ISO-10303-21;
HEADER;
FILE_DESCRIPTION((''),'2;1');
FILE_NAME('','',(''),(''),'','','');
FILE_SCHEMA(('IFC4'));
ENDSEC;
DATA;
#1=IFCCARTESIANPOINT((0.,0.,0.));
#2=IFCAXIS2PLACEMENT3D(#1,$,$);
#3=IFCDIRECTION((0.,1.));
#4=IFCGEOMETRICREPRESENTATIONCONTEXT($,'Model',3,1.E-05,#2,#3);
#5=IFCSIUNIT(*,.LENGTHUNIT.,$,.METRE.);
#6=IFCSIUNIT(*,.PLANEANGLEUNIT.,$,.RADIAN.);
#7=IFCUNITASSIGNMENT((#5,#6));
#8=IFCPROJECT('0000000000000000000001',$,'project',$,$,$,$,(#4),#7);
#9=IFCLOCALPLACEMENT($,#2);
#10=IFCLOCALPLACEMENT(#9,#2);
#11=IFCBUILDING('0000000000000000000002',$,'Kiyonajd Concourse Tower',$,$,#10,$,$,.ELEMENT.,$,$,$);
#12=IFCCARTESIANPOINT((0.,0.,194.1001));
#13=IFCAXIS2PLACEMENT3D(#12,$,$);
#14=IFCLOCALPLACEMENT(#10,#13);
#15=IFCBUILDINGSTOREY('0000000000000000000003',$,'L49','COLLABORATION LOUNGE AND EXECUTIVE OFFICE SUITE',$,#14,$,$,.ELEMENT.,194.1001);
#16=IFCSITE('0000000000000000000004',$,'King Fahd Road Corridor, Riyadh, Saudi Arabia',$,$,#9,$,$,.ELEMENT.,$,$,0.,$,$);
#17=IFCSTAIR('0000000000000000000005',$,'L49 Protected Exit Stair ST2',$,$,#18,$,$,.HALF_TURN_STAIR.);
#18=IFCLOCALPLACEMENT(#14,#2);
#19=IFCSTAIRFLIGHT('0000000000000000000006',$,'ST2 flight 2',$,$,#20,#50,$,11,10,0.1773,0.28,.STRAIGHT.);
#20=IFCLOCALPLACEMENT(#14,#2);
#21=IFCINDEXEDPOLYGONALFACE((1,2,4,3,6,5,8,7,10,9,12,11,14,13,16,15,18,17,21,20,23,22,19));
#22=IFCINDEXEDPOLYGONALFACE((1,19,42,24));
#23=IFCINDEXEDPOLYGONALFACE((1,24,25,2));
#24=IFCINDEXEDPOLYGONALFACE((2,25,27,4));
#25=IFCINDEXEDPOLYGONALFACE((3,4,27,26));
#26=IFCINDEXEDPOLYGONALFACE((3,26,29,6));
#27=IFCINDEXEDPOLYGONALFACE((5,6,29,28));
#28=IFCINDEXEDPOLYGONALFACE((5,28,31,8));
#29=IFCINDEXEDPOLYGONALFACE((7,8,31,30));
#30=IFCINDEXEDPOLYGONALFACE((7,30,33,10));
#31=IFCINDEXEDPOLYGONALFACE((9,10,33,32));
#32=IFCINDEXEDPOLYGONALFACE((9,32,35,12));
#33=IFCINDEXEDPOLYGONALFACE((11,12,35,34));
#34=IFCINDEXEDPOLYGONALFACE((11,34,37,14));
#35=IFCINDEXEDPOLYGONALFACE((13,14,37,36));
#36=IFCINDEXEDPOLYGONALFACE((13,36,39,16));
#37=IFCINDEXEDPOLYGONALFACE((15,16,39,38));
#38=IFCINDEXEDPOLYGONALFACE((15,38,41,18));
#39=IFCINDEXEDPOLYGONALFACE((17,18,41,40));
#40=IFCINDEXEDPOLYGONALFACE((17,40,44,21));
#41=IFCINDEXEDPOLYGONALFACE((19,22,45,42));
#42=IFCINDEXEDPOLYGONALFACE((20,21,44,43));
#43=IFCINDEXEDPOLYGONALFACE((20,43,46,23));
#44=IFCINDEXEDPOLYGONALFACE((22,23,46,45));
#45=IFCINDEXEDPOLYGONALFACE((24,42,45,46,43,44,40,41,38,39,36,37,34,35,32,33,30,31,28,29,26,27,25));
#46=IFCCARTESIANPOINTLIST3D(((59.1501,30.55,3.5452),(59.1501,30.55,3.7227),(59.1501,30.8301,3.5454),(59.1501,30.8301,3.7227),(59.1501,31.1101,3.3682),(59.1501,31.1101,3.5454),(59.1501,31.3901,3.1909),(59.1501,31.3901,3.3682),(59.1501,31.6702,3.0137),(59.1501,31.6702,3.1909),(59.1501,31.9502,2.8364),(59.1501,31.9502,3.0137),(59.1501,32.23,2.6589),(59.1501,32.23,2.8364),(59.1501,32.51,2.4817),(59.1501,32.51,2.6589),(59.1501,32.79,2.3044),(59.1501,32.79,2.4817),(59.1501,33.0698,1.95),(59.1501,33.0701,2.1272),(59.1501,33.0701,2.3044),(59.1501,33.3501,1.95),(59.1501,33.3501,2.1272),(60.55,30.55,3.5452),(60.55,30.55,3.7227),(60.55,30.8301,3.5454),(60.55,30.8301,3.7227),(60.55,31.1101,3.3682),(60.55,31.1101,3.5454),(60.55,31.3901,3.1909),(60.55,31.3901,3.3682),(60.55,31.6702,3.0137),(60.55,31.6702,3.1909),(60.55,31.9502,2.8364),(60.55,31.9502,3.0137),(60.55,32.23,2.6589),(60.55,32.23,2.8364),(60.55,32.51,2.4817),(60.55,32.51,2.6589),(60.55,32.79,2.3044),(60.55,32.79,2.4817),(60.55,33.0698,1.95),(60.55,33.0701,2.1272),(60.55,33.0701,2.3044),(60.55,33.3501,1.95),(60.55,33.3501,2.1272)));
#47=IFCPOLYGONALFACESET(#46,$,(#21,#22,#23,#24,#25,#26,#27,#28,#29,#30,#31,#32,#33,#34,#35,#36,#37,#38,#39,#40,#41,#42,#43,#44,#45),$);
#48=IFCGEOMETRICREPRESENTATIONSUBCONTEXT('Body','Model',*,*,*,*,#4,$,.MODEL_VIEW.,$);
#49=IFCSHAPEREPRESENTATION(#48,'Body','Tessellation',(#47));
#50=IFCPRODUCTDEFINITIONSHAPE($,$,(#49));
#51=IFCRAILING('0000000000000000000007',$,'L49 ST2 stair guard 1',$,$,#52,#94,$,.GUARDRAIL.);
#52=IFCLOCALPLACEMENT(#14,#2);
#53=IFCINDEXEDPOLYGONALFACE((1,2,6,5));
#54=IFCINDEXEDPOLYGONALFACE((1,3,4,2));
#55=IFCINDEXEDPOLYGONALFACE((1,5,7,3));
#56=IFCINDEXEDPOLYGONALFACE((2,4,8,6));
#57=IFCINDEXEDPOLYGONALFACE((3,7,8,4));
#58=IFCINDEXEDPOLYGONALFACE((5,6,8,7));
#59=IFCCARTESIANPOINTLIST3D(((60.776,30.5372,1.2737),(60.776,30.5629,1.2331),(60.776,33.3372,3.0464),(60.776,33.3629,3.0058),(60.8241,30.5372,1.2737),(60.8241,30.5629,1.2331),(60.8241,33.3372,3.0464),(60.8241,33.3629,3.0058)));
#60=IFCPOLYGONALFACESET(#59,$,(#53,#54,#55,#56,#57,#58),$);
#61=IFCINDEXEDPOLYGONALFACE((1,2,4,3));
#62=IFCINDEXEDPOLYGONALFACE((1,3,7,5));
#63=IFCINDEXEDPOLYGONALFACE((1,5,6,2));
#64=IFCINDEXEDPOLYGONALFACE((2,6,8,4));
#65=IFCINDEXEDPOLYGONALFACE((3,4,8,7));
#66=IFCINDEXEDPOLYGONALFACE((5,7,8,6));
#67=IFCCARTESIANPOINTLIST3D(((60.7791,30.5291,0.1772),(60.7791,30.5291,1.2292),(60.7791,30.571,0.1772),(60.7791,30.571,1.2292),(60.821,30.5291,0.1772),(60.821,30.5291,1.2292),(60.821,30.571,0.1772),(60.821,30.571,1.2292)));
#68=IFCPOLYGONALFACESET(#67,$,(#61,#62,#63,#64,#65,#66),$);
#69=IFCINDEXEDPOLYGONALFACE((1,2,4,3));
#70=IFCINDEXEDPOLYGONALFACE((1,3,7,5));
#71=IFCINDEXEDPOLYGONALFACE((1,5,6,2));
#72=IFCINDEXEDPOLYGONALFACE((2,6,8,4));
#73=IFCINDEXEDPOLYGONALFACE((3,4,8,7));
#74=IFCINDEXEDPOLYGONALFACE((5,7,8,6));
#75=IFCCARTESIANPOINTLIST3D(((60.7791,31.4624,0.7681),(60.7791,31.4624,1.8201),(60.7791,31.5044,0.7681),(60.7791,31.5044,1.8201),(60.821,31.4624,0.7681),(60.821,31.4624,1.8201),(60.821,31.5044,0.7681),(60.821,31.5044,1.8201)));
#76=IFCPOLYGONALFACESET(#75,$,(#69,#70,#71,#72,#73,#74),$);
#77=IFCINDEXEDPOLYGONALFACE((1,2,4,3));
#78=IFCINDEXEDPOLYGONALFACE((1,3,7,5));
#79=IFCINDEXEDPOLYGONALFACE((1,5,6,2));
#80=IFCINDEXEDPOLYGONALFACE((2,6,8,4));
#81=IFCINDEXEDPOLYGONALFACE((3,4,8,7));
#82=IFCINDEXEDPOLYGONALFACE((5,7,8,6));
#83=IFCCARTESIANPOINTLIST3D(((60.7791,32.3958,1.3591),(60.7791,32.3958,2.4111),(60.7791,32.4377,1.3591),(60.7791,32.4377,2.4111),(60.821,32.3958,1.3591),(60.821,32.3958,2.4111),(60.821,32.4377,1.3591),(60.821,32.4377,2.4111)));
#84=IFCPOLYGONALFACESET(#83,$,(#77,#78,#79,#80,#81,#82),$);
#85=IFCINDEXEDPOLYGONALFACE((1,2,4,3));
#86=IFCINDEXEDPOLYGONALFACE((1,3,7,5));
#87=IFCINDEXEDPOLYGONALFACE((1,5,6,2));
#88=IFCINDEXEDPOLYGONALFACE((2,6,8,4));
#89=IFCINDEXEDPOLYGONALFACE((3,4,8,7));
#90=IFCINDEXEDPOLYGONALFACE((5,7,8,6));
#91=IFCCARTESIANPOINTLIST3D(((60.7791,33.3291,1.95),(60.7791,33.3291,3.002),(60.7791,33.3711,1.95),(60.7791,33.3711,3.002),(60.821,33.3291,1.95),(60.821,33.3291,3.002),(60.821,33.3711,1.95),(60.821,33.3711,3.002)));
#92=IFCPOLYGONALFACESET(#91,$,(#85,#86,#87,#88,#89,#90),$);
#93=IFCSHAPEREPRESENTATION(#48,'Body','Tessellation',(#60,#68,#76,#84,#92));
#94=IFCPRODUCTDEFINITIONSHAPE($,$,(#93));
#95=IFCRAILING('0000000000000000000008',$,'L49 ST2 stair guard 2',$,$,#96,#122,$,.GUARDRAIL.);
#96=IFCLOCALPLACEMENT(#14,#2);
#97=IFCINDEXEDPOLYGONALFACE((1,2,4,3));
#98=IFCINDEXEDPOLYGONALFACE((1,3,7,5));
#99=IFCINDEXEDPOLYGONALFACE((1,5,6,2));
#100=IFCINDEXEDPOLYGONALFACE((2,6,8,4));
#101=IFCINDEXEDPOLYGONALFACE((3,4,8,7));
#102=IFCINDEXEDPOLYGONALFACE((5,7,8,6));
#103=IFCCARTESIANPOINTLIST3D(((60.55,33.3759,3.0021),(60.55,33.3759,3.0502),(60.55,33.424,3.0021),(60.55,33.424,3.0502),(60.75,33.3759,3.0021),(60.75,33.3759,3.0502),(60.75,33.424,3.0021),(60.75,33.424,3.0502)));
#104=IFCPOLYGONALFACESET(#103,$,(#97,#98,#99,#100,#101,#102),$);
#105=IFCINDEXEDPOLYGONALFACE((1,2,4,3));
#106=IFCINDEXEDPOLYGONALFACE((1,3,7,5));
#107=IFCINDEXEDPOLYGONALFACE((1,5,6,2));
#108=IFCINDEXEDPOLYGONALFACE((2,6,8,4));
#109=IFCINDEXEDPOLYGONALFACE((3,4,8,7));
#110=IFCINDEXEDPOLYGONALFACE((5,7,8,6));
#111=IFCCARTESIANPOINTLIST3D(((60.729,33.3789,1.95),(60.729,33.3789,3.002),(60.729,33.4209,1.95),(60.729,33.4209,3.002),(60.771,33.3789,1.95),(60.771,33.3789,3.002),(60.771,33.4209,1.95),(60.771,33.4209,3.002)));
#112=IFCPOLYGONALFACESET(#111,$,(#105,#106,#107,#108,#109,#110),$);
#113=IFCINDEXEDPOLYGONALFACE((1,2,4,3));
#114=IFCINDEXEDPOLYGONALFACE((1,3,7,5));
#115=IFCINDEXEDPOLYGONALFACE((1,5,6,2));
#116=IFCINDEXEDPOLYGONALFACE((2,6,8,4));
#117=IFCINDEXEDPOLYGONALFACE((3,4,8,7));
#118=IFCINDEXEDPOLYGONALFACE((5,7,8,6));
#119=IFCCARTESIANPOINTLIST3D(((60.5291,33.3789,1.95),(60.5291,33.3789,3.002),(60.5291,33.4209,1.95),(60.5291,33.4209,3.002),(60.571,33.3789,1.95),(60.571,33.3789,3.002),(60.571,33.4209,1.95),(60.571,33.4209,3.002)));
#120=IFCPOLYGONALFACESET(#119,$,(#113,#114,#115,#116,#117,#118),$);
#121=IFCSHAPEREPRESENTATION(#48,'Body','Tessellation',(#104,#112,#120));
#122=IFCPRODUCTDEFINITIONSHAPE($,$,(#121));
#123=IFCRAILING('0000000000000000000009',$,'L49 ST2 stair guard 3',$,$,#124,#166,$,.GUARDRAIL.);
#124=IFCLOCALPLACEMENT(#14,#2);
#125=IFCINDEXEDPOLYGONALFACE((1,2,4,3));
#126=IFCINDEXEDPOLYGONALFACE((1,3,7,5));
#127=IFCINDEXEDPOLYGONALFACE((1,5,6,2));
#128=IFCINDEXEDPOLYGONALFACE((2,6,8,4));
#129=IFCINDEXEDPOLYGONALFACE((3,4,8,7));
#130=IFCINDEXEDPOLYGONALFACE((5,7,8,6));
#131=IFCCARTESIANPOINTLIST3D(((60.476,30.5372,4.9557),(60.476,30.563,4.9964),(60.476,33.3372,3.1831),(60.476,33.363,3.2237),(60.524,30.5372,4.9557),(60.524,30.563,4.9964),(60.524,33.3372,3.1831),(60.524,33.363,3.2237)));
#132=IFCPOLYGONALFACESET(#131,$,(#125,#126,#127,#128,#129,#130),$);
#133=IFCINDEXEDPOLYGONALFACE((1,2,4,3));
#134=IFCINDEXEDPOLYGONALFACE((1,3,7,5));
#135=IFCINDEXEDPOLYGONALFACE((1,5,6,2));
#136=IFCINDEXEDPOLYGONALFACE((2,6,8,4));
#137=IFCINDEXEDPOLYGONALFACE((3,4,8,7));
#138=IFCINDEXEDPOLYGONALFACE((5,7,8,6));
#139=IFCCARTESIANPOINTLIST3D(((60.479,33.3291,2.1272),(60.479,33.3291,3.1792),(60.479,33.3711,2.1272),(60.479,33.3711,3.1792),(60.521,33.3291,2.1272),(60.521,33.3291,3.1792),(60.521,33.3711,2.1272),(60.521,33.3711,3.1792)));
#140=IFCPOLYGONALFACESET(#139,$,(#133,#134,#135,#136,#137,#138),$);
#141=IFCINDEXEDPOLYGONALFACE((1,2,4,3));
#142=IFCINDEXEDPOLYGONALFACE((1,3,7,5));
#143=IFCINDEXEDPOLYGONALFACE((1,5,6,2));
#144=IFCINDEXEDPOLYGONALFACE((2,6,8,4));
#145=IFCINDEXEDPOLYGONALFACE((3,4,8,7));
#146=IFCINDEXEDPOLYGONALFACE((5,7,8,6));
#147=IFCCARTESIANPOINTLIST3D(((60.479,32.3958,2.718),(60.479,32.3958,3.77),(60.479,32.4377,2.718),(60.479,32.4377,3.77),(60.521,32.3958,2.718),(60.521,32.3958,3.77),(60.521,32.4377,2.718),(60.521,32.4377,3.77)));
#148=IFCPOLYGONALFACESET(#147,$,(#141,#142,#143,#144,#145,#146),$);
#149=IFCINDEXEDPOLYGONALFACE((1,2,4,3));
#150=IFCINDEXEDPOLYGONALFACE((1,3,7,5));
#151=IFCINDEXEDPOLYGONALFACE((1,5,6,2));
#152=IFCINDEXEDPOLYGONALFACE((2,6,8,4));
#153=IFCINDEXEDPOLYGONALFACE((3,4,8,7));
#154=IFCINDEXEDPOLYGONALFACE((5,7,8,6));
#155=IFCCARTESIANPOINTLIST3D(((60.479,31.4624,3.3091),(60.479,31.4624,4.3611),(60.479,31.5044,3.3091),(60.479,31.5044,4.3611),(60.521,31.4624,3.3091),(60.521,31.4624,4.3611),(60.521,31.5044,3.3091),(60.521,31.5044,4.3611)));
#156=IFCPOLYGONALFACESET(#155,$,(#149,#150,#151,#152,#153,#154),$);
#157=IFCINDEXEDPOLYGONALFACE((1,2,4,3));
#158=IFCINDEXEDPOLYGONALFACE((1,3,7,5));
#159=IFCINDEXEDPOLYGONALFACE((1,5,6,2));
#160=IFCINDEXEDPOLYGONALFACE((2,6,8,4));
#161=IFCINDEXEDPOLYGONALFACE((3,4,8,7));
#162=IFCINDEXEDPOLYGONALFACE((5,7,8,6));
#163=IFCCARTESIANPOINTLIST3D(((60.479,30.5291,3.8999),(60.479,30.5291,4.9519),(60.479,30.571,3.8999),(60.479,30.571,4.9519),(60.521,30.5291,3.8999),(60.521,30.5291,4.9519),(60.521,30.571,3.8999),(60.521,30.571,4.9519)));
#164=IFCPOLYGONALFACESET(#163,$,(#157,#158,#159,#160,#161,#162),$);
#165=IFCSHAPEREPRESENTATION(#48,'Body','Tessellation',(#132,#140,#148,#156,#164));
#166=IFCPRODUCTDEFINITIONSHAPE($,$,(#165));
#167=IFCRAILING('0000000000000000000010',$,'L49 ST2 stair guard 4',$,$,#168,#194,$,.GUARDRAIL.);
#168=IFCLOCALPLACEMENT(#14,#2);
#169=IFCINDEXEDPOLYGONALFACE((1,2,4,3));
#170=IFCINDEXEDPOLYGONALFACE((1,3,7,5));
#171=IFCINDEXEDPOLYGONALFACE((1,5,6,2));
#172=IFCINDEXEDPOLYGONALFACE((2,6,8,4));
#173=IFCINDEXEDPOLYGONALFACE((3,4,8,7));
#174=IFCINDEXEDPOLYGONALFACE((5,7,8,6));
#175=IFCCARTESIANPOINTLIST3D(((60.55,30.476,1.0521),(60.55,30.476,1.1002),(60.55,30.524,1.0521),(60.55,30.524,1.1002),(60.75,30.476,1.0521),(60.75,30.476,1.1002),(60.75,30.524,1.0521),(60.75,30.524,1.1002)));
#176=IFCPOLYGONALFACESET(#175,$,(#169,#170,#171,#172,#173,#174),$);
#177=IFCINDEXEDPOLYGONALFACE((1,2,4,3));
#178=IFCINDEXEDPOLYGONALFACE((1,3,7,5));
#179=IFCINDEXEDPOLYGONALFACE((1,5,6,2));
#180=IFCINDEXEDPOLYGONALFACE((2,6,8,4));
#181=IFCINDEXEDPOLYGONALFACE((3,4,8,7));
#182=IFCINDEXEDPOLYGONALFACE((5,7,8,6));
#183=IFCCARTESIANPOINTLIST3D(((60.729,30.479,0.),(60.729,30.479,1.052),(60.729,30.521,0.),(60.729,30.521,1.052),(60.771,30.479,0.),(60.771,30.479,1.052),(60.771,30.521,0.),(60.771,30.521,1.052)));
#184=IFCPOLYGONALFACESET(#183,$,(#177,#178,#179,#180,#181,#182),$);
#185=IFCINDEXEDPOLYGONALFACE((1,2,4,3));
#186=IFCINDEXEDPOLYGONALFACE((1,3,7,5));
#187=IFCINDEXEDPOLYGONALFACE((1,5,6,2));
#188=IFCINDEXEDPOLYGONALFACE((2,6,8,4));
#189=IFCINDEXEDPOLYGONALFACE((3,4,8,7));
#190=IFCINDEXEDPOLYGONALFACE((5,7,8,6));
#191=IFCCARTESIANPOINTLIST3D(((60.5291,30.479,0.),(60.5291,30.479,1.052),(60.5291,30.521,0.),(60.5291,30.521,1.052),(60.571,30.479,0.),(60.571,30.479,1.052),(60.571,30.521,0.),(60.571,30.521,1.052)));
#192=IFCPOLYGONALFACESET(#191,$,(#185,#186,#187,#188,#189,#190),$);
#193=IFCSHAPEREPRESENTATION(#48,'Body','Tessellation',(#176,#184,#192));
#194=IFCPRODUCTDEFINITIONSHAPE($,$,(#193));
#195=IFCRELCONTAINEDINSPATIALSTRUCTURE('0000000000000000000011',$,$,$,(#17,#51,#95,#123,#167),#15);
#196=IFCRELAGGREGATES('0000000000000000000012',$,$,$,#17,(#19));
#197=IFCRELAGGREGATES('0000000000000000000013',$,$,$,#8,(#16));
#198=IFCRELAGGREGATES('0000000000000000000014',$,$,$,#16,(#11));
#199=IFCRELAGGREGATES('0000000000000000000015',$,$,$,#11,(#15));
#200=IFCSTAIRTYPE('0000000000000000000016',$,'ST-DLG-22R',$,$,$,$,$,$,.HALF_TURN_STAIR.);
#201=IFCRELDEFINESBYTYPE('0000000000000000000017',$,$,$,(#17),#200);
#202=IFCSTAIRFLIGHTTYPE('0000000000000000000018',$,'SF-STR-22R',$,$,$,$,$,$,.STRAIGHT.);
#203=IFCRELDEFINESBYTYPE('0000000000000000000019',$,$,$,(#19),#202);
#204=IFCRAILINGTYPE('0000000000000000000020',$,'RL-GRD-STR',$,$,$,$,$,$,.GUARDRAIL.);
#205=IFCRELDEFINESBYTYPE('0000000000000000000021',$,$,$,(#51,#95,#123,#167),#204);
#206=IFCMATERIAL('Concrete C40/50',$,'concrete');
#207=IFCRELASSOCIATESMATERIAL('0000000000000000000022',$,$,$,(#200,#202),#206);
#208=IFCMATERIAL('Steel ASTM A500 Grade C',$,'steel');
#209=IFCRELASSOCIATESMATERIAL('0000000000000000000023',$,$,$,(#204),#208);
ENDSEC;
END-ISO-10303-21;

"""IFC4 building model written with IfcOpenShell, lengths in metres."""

from ifc_helpers import new_model, si_unit, direction, frame, origin, origin_2d, place, context, subcontext, project, spatial, polyline, rectangle, outline, extrude, material, type_object, element, aggregate, save


model = new_model("IFC4")

# Units and contexts
model_context = context("Model", 3, precision=1e-05, world=origin(), true_north=direction((0.0, 1.0)))
body_context = subcontext(model_context, "Body", "Model", "MODEL_VIEW")
ifc_project = project(units=[si_unit("LENGTHUNIT", "METRE"), si_unit("PLANEANGLEUNIT", "RADIAN")], contexts=[model_context])

# Site, building, storey
site_placement = place(None, origin())
site = spatial("IfcSite", under=ifc_project, at=site_placement, Name="King Fahd Road Corridor, Riyadh, Saudi Arabia", CompositionType="ELEMENT", RefElevation=0.0)
building_placement = place(site_placement, origin())
building = spatial("IfcBuilding", under=site, at=building_placement, Name="Kiyonajd Concourse Tower", CompositionType="ELEMENT")
storey_placement = place(building_placement, frame((0.0, 0.0, 194.1001)))
storey = spatial("IfcBuildingStorey", under=building, at=storey_placement, Name="L49", Description="COLLABORATION LOUNGE AND EXECUTIVE OFFICE SUITE", CompositionType="ELEMENT", Elevation=194.1001)

# Stair, stair flight
ifc_material_1 = material(Name="Concrete C40/50", Category="concrete")
stair_type = type_object("IfcStairType", Name="ST-DLG-22R", PredefinedType="HALF_TURN_STAIR", material=ifc_material_1)
stair_placement = place(storey_placement, origin())
stair = element("IfcStair", 1, at=stair_placement, inside=storey, type_object=stair_type, Name="L49 Protected Exit Stair ST2", PredefinedType="HALF_TURN_STAIR")
stair_flight_type = type_object("IfcStairFlightType", Name="SF-STR-22R", PredefinedType="STRAIGHT", material=ifc_material_1)
stair_flight_1_placement = place(storey_placement, frame((59.8501, 33.3501, 1.95), z_axis=(0.0, 0.0, 1.0), x_axis=(0.0, -1.0, 0.0)))
stair_flight_1 = element("IfcStairFlight", 2, at=stair_flight_1_placement, type_object=stair_flight_type, Name="ST2 flight 2", NumberOfRisers=11, NumberOfTreads=10, PredefinedType="STRAIGHT", RiserHeight=0.1773, TreadLength=0.28, context=body_context, shape_type="SweptSolid", body=[
    extrude(outline(polyline([(0.0, 0.0), (0.0, 0.1772), (0.28, 0.1772), (0.28, 0.3545), (0.5601, 0.3545), (0.5601, 0.5317), (0.8401, 0.5317), (0.8401, 0.709), (1.1201, 0.709), (1.1201, 0.8865), (1.3999, 0.8865), (1.3999, 1.0637), (1.6799, 1.0637), (1.6799, 1.241), (1.96, 1.241), (1.96, 1.4182), (2.24, 1.4182), (2.24, 1.5955), (2.52, 1.5955), (2.52, 1.7727), (2.8, 1.7727), (2.8, 1.95), (2.8, 1.5952), (0.2803, 0.0), (0.0, 0.0)])), frame((0.0, 0.7, 0.0), z_axis=(0.0, -1.0, 0.0), x_axis=(1.0, 0.0, 0.0)), (0.0, 0.0, 1.0), 1.3999),
])
aggregate(stair, [stair_flight_1])

# Railings
ifc_material_2 = material(Name="Steel ASTM A500 Grade C", Category="steel")
railing_type_1 = type_object("IfcRailingType", Name="RL-GRD-STR", PredefinedType="GUARDRAIL", material=ifc_material_2)
railing_1_placement = place(storey_placement, frame((60.8, 30.55, 0.1772)))
element("IfcRailing", 3, at=railing_1_placement, inside=storey, type_object=railing_type_1, Name="L49 ST2 stair guard 1", PredefinedType="GUARDRAIL", context=body_context, shape_type="SweptSolid", body=[
    extrude(rectangle(XDim=0.0481, YDim=0.0481, at=origin_2d()), frame((0.0, 0.0, 1.0762), z_axis=(0.0, 0.844909, 0.53491), x_axis=(-1.0, 0.0, 0.0)), (0.0, 0.0, 1.0), 3.314),
    extrude(rectangle(XDim=0.042, YDim=0.042, at=origin_2d()), origin(), (0.0, 0.0, 1.0), 1.052),
    extrude(rectangle(XDim=0.042, YDim=0.042, at=origin_2d()), frame((0.0, 0.9333, 0.5908)), (0.0, 0.0, 1.0), 1.052),
    extrude(rectangle(XDim=0.042, YDim=0.042, at=origin_2d()), frame((0.0, 1.8667, 1.1819)), (0.0, 0.0, 1.0), 1.052),
    extrude(rectangle(XDim=0.042, YDim=0.042, at=origin_2d()), frame((0.0, 2.8, 1.7727)), (0.0, 0.0, 1.0), 1.052),
])
railing_2_placement = place(storey_placement, frame((60.75, 33.3999, 1.95)))
element("IfcRailing", 4, at=railing_2_placement, inside=storey, type_object=railing_type_1, Name="L49 ST2 stair guard 2", PredefinedType="GUARDRAIL", context=body_context, shape_type="SweptSolid", body=[
    extrude(rectangle(XDim=0.0481, YDim=0.0481, at=origin_2d()), frame((0.0, 0.0, 1.0762), z_axis=(-1.0, 0.0, 0.0), x_axis=(0.0, -1.0, 0.0)), (0.0, 0.0, 1.0), 0.2),
    extrude(rectangle(XDim=0.042, YDim=0.042, at=origin_2d()), origin(), (0.0, 0.0, 1.0), 1.052),
    extrude(rectangle(XDim=0.042, YDim=0.042, at=origin_2d()), frame((-0.2, 0.0, 0.0)), (0.0, 0.0, 1.0), 1.052),
])
railing_3_placement = place(storey_placement, frame((60.5, 33.3501, 2.1272)))
element("IfcRailing", 5, at=railing_3_placement, inside=storey, type_object=railing_type_1, Name="L49 ST2 stair guard 3", PredefinedType="GUARDRAIL", context=body_context, shape_type="SweptSolid", body=[
    extrude(rectangle(XDim=0.0481, YDim=0.0481, at=origin_2d()), frame((0.0, 0.0, 1.0762), z_axis=(0.0, -0.844909, 0.53491), x_axis=(1.0, 0.0, 0.0)), (0.0, 0.0, 1.0), 3.314),
    extrude(rectangle(XDim=0.042, YDim=0.042, at=origin_2d()), origin(), (0.0, 0.0, 1.0), 1.052),
    extrude(rectangle(XDim=0.042, YDim=0.042, at=origin_2d()), frame((0.0, -0.9333, 0.5908)), (0.0, 0.0, 1.0), 1.052),
    extrude(rectangle(XDim=0.042, YDim=0.042, at=origin_2d()), frame((0.0, -1.8667, 1.1819)), (0.0, 0.0, 1.0), 1.052),
    extrude(rectangle(XDim=0.042, YDim=0.042, at=origin_2d()), frame((0.0, -2.8, 1.7727)), (0.0, 0.0, 1.0), 1.052),
])
railing_4_placement = place(storey_placement, frame((60.75, 30.5, 0.0)))
element("IfcRailing", 6, at=railing_4_placement, inside=storey, type_object=railing_type_1, Name="L49 ST2 stair guard 4", PredefinedType="GUARDRAIL", context=body_context, shape_type="SweptSolid", body=[
    extrude(rectangle(XDim=0.0481, YDim=0.0481, at=origin_2d()), frame((0.0, 0.0, 1.0762), z_axis=(-1.0, 0.0, 0.0), x_axis=(0.0, -1.0, 0.0)), (0.0, 0.0, 1.0), 0.2),
    extrude(rectangle(XDim=0.042, YDim=0.042, at=origin_2d()), origin(), (0.0, 0.0, 1.0), 1.052),
    extrude(rectangle(XDim=0.042, YDim=0.042, at=origin_2d()), frame((-0.2, 0.0, 0.0)), (0.0, 0.0, 1.0), 1.052),
])

save(model, "model.ifc")
